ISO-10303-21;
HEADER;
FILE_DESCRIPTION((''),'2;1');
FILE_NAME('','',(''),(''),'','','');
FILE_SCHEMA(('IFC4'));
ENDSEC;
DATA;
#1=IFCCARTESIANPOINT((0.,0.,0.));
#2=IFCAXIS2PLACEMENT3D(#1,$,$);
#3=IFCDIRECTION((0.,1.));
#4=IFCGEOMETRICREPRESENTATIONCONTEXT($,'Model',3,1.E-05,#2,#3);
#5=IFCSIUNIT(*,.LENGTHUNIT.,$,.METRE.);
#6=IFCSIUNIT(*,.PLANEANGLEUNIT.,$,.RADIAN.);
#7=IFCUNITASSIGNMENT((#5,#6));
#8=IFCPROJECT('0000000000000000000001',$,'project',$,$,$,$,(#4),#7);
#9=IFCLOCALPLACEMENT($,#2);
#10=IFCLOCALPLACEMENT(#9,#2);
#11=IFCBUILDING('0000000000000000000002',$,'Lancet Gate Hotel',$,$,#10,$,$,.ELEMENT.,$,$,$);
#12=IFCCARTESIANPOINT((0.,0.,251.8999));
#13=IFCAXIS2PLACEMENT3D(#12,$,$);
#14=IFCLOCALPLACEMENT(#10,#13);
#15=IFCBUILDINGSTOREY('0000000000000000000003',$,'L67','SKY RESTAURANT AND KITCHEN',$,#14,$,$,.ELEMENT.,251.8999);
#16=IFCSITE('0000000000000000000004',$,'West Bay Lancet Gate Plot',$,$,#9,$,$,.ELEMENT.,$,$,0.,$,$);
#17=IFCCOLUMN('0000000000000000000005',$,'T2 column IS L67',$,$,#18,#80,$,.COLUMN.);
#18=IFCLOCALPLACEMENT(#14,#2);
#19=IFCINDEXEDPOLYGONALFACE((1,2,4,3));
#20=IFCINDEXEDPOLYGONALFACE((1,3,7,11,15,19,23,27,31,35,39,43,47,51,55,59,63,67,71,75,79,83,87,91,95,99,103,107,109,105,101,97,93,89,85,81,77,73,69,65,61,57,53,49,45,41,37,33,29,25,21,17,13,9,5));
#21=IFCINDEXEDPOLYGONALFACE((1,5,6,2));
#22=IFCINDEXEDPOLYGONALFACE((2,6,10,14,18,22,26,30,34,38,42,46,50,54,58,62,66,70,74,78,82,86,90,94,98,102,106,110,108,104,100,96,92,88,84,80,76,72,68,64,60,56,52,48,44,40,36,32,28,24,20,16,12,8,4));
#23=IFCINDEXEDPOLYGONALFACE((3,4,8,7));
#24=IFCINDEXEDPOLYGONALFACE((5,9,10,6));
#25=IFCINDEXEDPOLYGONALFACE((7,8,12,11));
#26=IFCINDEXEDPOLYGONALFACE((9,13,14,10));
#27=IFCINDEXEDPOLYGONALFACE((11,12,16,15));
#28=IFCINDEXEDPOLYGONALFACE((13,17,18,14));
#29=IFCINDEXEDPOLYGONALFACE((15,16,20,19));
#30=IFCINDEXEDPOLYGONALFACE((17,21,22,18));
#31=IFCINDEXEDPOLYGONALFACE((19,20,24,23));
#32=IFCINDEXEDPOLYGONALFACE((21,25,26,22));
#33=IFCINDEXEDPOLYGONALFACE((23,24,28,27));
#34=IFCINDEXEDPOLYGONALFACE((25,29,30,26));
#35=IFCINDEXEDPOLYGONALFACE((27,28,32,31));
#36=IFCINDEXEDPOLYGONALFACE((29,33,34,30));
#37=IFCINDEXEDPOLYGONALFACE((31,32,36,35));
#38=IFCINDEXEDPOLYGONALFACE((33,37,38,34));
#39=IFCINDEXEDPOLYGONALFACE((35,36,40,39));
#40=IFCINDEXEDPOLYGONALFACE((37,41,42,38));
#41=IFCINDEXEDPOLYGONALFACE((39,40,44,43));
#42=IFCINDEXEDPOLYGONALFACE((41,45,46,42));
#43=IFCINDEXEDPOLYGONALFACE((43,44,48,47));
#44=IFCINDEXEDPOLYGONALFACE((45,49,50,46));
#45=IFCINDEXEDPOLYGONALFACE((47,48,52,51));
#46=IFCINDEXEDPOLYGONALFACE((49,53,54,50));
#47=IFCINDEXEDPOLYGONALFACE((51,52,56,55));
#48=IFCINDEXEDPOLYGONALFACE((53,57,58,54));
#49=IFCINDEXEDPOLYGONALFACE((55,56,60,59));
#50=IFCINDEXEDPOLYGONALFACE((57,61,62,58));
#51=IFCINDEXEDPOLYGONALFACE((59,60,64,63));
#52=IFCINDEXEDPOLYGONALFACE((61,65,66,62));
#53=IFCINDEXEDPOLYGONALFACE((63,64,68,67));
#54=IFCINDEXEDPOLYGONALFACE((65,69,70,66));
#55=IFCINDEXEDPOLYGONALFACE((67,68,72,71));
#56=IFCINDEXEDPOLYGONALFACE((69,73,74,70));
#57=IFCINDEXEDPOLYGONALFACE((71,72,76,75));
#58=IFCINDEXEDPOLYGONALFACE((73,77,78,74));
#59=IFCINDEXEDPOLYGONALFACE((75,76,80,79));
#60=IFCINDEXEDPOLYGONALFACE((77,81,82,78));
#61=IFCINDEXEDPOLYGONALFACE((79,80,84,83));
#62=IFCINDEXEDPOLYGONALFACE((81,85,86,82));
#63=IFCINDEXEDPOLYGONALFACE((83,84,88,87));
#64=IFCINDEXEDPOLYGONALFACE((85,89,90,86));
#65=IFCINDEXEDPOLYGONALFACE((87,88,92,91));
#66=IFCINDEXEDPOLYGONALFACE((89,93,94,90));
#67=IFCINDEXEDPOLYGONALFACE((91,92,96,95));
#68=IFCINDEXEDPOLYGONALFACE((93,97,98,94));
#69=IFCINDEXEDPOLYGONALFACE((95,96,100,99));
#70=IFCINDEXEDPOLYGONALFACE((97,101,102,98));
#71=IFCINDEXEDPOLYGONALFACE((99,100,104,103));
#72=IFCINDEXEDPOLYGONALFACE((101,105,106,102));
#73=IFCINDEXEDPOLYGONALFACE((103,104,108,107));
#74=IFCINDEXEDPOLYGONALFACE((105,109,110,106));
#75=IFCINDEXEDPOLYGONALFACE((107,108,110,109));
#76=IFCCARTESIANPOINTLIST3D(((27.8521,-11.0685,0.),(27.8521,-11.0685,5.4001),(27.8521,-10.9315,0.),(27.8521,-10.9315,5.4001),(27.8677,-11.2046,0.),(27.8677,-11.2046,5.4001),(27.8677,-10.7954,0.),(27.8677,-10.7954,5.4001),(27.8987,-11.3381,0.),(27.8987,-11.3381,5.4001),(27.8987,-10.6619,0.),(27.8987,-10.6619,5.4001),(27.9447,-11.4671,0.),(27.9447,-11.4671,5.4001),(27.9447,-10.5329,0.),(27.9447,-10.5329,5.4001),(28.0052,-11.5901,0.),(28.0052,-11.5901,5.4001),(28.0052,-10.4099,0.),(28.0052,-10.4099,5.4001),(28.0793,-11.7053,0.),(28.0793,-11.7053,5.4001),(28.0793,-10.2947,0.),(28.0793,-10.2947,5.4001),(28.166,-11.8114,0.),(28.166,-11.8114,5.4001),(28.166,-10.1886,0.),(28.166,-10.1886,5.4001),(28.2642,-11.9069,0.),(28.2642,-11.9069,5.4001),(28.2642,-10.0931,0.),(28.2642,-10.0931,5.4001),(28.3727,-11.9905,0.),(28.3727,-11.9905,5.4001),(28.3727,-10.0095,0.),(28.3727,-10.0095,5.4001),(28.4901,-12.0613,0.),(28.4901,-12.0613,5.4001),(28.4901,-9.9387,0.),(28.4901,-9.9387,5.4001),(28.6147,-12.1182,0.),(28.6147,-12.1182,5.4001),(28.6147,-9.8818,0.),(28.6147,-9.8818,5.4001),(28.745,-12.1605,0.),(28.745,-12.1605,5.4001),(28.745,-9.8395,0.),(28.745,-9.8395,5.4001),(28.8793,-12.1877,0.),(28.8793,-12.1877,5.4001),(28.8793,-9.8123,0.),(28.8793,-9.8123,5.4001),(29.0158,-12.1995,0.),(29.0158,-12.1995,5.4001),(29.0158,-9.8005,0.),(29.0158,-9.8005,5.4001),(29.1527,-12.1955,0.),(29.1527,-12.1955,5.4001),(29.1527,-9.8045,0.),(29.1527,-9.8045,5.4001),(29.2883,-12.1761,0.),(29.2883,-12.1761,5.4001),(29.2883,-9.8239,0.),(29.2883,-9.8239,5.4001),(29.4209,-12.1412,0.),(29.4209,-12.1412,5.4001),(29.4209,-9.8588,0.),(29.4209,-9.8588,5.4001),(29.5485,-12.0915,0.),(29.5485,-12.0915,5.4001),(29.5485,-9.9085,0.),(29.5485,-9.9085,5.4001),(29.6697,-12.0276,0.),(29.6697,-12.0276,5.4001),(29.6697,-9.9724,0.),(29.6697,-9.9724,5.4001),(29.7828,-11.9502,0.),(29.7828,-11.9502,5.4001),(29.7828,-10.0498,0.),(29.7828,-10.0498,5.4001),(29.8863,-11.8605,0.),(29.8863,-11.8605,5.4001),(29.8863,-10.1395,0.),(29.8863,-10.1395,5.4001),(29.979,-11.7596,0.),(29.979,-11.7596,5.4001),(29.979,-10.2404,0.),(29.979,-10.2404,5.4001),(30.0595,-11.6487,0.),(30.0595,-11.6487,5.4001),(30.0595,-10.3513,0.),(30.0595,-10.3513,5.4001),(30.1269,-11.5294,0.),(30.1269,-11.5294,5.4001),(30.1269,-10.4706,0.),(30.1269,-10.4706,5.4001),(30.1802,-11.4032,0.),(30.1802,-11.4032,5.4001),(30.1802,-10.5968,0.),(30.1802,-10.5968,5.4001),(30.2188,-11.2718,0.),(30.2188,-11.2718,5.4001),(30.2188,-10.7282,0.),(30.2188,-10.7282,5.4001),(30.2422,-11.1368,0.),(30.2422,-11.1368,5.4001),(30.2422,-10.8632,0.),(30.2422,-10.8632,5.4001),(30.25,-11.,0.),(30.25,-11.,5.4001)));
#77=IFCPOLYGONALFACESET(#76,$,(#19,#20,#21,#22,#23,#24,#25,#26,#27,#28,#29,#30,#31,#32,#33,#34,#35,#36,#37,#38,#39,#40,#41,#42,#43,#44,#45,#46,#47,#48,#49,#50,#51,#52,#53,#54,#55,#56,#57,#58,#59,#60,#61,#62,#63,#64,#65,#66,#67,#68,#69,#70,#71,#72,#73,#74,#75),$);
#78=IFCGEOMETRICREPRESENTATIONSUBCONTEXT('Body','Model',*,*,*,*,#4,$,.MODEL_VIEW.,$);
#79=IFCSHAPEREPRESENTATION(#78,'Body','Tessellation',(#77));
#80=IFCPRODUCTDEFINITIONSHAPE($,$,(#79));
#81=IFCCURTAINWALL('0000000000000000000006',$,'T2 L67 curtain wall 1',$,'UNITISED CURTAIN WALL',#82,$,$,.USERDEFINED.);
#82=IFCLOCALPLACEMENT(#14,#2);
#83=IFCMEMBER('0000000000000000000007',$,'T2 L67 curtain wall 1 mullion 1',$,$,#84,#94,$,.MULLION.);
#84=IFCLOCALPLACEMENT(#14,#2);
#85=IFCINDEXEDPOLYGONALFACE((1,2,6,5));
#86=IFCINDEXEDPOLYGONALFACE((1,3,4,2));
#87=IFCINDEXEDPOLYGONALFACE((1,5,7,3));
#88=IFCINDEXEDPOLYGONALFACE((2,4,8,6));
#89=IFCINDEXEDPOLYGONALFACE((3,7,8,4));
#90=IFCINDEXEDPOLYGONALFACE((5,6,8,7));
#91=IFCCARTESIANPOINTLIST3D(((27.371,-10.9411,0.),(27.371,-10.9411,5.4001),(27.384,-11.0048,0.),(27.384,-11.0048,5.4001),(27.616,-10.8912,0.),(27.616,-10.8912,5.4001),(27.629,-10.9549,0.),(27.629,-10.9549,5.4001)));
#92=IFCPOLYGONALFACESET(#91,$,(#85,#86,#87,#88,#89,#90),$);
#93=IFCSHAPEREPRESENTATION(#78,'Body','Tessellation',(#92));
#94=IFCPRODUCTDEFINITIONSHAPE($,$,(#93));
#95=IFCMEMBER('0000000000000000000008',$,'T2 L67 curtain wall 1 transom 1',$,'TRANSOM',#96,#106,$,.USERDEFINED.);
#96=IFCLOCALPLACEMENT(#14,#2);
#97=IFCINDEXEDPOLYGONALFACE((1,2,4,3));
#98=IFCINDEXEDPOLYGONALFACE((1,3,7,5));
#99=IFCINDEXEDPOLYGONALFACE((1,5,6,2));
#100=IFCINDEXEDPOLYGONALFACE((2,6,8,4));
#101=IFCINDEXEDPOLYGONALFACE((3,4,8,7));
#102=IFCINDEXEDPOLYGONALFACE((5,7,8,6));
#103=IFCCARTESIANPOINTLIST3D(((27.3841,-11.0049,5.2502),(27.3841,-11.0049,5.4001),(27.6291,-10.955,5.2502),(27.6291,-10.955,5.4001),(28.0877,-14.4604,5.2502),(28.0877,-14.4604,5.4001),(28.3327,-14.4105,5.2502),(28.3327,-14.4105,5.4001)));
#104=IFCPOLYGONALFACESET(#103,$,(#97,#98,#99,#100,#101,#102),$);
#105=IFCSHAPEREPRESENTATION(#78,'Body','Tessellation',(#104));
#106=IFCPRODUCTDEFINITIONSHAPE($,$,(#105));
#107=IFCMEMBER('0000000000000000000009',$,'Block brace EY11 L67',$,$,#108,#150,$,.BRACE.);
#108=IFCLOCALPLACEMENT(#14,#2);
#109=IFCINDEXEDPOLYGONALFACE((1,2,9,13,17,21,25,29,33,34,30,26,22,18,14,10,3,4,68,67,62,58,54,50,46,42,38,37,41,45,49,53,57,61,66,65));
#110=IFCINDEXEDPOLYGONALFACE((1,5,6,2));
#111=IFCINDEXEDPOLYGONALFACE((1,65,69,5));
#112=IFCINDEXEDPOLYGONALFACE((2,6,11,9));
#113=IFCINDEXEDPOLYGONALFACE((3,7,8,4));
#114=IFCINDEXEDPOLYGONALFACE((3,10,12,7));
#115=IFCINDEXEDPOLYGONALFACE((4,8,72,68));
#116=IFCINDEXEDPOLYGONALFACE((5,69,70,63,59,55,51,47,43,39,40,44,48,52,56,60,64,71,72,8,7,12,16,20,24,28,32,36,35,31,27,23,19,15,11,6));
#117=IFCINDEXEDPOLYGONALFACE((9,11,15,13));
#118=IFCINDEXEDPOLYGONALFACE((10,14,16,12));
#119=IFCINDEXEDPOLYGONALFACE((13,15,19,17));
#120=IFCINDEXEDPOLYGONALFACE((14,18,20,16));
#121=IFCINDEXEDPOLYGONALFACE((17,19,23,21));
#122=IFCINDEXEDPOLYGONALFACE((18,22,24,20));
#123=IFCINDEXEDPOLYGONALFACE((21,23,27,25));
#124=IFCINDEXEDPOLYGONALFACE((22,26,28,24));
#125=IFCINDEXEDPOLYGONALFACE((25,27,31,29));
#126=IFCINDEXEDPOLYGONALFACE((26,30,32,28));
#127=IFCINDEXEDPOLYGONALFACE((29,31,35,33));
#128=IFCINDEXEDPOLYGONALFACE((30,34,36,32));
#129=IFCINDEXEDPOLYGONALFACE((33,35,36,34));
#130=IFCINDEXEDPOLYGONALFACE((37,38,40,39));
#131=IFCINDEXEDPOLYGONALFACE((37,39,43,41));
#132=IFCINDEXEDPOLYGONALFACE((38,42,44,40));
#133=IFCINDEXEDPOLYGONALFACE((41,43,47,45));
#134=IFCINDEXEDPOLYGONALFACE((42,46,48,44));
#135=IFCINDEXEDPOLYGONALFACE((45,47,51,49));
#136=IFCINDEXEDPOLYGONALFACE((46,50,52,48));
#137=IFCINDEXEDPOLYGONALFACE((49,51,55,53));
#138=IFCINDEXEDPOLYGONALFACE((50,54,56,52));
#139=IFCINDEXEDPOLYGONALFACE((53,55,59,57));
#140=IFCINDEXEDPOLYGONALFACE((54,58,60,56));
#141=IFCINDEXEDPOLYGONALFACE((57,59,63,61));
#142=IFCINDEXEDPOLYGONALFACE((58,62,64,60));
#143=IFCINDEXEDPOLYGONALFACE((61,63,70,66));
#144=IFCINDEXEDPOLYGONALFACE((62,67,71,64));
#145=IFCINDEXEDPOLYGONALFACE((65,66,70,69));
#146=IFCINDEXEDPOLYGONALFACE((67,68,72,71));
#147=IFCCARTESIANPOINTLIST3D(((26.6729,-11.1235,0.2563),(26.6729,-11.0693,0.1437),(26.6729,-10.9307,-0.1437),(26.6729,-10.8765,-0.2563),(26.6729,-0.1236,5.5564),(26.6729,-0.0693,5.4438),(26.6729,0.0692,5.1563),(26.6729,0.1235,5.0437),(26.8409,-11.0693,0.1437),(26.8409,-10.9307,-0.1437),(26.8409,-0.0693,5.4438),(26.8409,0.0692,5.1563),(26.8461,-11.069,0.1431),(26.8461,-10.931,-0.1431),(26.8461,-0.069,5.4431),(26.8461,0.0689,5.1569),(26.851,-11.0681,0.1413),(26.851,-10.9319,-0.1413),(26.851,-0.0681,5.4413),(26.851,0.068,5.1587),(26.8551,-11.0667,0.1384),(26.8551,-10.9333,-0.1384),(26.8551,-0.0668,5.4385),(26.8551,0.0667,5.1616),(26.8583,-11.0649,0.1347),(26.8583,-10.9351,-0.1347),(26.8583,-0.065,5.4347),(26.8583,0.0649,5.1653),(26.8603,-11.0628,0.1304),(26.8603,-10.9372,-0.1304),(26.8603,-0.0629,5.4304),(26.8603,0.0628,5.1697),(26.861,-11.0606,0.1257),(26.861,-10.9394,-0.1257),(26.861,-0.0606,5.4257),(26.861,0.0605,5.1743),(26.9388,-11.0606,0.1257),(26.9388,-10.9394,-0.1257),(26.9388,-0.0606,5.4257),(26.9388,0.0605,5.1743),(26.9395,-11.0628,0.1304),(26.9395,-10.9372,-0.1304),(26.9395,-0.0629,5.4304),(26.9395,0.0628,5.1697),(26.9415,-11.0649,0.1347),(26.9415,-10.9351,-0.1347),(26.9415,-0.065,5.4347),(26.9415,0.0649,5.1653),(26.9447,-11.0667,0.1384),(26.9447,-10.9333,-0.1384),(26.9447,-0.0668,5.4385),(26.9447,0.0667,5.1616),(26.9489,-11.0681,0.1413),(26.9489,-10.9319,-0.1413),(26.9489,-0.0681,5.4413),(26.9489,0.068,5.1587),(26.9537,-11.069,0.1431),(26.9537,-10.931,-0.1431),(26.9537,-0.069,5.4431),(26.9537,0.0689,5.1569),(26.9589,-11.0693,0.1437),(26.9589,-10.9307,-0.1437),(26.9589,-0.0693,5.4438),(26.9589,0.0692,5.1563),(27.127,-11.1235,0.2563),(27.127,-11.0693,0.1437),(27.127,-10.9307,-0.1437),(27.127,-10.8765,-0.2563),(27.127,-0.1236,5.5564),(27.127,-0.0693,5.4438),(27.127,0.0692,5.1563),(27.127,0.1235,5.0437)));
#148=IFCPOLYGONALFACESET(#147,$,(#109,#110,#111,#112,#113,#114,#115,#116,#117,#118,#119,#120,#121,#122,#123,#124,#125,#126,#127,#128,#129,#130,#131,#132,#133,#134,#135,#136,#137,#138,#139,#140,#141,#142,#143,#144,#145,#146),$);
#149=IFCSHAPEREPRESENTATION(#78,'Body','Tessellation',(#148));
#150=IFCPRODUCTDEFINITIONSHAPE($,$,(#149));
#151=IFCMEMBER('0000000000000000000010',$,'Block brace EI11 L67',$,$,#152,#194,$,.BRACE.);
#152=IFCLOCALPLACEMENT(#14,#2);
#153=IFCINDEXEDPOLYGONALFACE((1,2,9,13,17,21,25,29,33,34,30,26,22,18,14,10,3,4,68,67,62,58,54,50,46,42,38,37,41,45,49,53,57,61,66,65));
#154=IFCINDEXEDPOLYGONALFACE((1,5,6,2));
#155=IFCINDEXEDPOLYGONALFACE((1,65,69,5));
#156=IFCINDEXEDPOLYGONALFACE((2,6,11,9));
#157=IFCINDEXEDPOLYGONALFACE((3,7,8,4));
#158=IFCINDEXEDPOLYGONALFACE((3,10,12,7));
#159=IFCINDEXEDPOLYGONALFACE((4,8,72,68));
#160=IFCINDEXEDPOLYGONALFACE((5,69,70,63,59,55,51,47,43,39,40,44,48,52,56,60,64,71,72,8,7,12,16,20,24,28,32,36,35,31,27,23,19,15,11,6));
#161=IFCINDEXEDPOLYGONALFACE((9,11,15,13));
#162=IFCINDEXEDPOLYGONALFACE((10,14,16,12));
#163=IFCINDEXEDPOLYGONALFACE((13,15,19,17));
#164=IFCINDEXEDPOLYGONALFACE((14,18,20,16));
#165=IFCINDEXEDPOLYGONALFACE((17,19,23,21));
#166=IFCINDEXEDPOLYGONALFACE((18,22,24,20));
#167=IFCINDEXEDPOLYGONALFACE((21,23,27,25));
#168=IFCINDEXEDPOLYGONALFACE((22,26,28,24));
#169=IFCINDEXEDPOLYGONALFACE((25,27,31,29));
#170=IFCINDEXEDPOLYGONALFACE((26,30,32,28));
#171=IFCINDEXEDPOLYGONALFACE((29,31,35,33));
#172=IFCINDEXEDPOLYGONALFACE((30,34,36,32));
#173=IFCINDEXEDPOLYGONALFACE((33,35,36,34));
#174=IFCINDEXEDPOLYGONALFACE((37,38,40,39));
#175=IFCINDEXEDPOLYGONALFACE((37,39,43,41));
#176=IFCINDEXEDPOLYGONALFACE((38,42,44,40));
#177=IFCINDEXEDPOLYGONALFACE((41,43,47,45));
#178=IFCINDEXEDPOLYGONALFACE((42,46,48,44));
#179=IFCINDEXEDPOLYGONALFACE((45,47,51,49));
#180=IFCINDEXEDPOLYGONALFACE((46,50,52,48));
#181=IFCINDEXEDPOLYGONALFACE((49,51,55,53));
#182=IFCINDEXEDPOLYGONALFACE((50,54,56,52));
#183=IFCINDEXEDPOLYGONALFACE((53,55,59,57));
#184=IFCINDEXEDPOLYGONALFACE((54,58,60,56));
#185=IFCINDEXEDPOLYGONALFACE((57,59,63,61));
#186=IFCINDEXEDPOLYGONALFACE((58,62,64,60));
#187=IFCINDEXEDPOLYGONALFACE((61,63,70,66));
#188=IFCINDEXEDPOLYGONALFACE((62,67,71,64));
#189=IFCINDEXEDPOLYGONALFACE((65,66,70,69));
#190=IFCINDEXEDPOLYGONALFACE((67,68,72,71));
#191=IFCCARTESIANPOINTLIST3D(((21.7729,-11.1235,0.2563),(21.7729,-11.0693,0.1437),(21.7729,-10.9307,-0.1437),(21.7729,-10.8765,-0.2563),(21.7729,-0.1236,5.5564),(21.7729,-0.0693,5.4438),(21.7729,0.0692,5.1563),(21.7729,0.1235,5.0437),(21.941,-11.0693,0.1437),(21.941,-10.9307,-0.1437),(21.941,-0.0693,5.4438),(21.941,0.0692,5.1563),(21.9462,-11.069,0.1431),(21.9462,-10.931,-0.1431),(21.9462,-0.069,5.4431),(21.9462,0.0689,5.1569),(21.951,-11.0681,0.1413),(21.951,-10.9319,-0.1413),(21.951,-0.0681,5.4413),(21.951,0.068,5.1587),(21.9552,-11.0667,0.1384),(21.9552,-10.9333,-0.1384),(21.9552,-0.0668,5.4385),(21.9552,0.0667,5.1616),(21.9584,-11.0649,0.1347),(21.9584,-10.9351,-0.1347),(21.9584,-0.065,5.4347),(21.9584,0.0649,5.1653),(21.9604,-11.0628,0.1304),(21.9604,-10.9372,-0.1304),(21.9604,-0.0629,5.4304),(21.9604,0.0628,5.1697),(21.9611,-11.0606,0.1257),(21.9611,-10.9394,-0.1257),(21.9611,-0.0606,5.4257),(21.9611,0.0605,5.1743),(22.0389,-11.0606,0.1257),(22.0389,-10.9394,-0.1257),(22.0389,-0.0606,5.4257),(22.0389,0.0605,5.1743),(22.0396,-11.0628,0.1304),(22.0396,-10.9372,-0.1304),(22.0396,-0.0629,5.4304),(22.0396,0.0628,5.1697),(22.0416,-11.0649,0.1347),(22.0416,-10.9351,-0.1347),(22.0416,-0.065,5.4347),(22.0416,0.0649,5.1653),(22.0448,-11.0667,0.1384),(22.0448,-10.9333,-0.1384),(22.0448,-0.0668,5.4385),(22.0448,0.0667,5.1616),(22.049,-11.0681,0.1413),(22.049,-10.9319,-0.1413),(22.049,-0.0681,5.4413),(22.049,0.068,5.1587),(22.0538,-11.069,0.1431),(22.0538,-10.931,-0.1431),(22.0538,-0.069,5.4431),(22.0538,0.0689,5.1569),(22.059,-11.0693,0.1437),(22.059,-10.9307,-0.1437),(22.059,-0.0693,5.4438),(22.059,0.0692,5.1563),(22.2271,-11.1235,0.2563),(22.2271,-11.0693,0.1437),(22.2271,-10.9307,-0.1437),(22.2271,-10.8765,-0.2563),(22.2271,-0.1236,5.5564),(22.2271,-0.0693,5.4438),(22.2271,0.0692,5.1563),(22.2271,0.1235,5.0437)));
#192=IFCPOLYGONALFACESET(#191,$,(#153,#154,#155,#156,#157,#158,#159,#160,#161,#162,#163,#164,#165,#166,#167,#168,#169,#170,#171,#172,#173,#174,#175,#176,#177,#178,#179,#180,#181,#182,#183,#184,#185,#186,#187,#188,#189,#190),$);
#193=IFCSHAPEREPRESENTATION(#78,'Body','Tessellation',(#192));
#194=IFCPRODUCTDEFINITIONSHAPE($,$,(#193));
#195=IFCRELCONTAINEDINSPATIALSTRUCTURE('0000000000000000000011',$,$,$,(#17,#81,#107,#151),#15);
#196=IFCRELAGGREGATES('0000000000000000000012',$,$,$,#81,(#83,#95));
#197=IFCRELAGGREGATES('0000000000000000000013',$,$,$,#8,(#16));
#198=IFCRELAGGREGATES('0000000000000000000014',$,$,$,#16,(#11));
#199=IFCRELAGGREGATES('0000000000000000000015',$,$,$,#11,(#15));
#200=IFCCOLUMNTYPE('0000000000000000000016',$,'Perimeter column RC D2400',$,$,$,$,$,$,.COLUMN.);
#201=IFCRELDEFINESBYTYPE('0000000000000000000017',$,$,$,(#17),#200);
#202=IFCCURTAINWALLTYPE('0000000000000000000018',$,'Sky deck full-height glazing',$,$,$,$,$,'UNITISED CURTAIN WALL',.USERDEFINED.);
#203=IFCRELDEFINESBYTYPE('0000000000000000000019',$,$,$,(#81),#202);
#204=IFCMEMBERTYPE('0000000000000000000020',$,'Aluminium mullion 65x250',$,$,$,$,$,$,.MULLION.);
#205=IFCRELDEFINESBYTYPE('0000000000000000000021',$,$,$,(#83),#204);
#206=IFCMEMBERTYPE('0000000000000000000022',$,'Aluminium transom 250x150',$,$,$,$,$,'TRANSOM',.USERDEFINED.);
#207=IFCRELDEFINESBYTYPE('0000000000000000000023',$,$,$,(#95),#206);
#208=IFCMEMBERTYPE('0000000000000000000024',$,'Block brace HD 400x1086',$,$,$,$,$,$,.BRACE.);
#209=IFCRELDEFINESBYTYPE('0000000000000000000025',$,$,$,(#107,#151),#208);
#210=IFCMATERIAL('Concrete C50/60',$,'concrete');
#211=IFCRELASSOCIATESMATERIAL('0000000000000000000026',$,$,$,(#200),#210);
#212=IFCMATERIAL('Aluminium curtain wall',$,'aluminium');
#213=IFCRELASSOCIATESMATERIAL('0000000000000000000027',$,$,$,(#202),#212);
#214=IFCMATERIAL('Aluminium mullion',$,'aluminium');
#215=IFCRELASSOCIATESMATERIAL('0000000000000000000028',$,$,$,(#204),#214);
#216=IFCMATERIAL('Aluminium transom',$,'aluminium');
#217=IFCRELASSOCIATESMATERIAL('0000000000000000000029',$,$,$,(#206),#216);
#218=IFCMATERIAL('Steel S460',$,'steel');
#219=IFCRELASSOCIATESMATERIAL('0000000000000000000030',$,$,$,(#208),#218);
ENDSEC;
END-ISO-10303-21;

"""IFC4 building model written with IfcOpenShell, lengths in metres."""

from ifc_helpers import new_model, si_unit, direction, frame, origin, origin_2d, place, context, subcontext, project, spatial, rectangle, circle, i_section, extrude, material, material_profile, profile_set, type_object, element, aggregate, save


model = new_model("IFC4")

# Units and contexts
model_context = context("Model", 3, precision=1e-05, world=origin(), true_north=direction((0.0, 1.0)))
body_context = subcontext(model_context, "Body", "Model", "MODEL_VIEW")
ifc_project = project(units=[si_unit("LENGTHUNIT", "METRE"), si_unit("PLANEANGLEUNIT", "RADIAN")], contexts=[model_context])

# Site, building, storey
site_placement = place(None, origin())
site = spatial("IfcSite", under=ifc_project, at=site_placement, Name="West Bay Lancet Gate Plot", CompositionType="ELEMENT", RefElevation=0.0)
building_placement = place(site_placement, origin())
building = spatial("IfcBuilding", under=site, at=building_placement, Name="Lancet Gate Hotel", CompositionType="ELEMENT")
storey_placement = place(building_placement, frame((0.0, 0.0, 251.8999)))
storey = spatial("IfcBuildingStorey", under=building, at=storey_placement, Name="L67", Description="SKY RESTAURANT AND KITCHEN", CompositionType="ELEMENT", Elevation=251.8999)

# Column
ifc_material_1 = material(Name="Concrete C50/60", Category="concrete")
ifc_material_profile_1 = material_profile(ifc_material_1, circle(Radius=1.2, at=origin_2d()), Name="RC D2400")
ifc_profile_set_1 = profile_set([ifc_material_profile_1], Name="Concrete C50/60")
column_type_1 = type_object("IfcColumnType", Name="Perimeter column RC D2400", PredefinedType="COLUMN", material=ifc_profile_set_1)
column_placement = place(storey_placement, frame((29.05, -11.0, 0.0), z_axis=(0.0, 0.0, 1.0), x_axis=(1.0, 0.0, 0.0)))
element("IfcColumn", 1, at=column_placement, inside=storey, type_object=column_type_1, Name="T2 column IS L67", PredefinedType="COLUMN", context=body_context, shape_type="SweptSolid", body=[
    extrude(circle(Radius=1.2, at=origin_2d()), origin(), (0.0, 0.0, 1.0), 5.4001),
])

# Curtain wall, members
ifc_material_2 = material(Name="Aluminium curtain wall", Category="aluminium")
curtain_wall_type = type_object("IfcCurtainWallType", Name="Sky deck full-height glazing", ElementType="UNITISED CURTAIN WALL", PredefinedType="USERDEFINED", material=ifc_material_2)
curtain_wall_placement = place(storey_placement, origin())
curtain_wall = element("IfcCurtainWall", 2, at=curtain_wall_placement, inside=storey, type_object=curtain_wall_type, Name="T2 L67 curtain wall 1", ObjectType="UNITISED CURTAIN WALL", PredefinedType="USERDEFINED")
ifc_material_3 = material(Name="Aluminium mullion", Category="aluminium")
ifc_material_profile_2 = material_profile(ifc_material_3, rectangle(XDim=0.0649, YDim=0.25, at=origin_2d()), Name="MULLION 65x250")
ifc_profile_set_2 = profile_set([ifc_material_profile_2], Name="Aluminium mullion")
member_type_1 = type_object("IfcMemberType", Name="Aluminium mullion 65x250", PredefinedType="MULLION", material=ifc_profile_set_2)
member_1_placement = place(storey_placement, frame((27.5, -10.948, 0.0), z_axis=(0.0, 0.0, 1.0), x_axis=(0.199533, -0.979891, 0.0)))
member_1 = element("IfcMember", 3, at=member_1_placement, type_object=member_type_1, Name="T2 L67 curtain wall 1 mullion 1", PredefinedType="MULLION", context=body_context, shape_type="SweptSolid", body=[
    extrude(rectangle(XDim=0.0649, YDim=0.25, at=origin_2d()), origin(), (0.0, 0.0, 1.0), 5.4001),
])
ifc_material_4 = material(Name="Aluminium transom", Category="aluminium")
ifc_material_profile_3 = material_profile(ifc_material_4, rectangle(XDim=0.25, YDim=0.1499, at=origin_2d()), Name="TRANSOM 250x150")
ifc_profile_set_3 = profile_set([ifc_material_profile_3], Name="Aluminium transom")
member_type_2 = type_object("IfcMemberType", Name="Aluminium transom 250x150", ElementType="TRANSOM", PredefinedType="USERDEFINED", material=ifc_profile_set_3)
member_2_placement = place(storey_placement, frame((27.5066, -10.98, 5.3252), z_axis=(0.199523, -0.979893, 0.0), x_axis=(0.979893, 0.199523, 0.0)))
member_2 = element("IfcMember", 4, at=member_2_placement, type_object=member_type_2, Name="T2 L67 curtain wall 1 transom 1", ObjectType="TRANSOM", PredefinedType="USERDEFINED", context=body_context, shape_type="SweptSolid", body=[
    extrude(rectangle(XDim=0.25, YDim=0.1499, at=origin_2d()), origin(), (0.0, 0.0, 1.0), 3.5264),
])
aggregate(curtain_wall, [member_1, member_2])

# Members
ifc_material_5 = material(Name="Steel S460", Category="steel")
ifc_material_profile_4 = material_profile(ifc_material_5, i_section(OverallWidth=0.4541, OverallDepth=0.5691, WebThickness=0.0779, FlangeThickness=0.125, FilletRadius=0.02, at=origin_2d()), Name="HD 400x1086")
ifc_profile_set_4 = profile_set([ifc_material_profile_4], Name="Steel S460")
member_type_3 = type_object("IfcMemberType", Name="Block brace HD 400x1086", PredefinedType="BRACE", material=ifc_profile_set_4)
for number, where, z_axis, x_axis, name in (
    (5, (26.8999, -11.0, 0.0), (0.0, 0.900882, 0.434065), (-1.0, 0.0, 0.0), "Block brace EY11 L67"),
    (6, (22.0, -11.0, 0.0), (0.0, 0.900882, 0.434065), (-1.0, 0.0, 0.0), "Block brace EI11 L67"),
):
    element("IfcMember", number, at=place(storey_placement, frame(where, z_axis=z_axis, x_axis=x_axis)), inside=storey, type_object=member_type_3, Name=name, PredefinedType="BRACE", context=body_context, shape_type="SweptSolid", body=[
        extrude(i_section(OverallWidth=0.4541, OverallDepth=0.5691, WebThickness=0.0779, FlangeThickness=0.125, FilletRadius=0.02, at=origin_2d()), origin(), (0.0, 0.0, 1.0), 12.2102),
    ])

save(model, "model.ifc")
